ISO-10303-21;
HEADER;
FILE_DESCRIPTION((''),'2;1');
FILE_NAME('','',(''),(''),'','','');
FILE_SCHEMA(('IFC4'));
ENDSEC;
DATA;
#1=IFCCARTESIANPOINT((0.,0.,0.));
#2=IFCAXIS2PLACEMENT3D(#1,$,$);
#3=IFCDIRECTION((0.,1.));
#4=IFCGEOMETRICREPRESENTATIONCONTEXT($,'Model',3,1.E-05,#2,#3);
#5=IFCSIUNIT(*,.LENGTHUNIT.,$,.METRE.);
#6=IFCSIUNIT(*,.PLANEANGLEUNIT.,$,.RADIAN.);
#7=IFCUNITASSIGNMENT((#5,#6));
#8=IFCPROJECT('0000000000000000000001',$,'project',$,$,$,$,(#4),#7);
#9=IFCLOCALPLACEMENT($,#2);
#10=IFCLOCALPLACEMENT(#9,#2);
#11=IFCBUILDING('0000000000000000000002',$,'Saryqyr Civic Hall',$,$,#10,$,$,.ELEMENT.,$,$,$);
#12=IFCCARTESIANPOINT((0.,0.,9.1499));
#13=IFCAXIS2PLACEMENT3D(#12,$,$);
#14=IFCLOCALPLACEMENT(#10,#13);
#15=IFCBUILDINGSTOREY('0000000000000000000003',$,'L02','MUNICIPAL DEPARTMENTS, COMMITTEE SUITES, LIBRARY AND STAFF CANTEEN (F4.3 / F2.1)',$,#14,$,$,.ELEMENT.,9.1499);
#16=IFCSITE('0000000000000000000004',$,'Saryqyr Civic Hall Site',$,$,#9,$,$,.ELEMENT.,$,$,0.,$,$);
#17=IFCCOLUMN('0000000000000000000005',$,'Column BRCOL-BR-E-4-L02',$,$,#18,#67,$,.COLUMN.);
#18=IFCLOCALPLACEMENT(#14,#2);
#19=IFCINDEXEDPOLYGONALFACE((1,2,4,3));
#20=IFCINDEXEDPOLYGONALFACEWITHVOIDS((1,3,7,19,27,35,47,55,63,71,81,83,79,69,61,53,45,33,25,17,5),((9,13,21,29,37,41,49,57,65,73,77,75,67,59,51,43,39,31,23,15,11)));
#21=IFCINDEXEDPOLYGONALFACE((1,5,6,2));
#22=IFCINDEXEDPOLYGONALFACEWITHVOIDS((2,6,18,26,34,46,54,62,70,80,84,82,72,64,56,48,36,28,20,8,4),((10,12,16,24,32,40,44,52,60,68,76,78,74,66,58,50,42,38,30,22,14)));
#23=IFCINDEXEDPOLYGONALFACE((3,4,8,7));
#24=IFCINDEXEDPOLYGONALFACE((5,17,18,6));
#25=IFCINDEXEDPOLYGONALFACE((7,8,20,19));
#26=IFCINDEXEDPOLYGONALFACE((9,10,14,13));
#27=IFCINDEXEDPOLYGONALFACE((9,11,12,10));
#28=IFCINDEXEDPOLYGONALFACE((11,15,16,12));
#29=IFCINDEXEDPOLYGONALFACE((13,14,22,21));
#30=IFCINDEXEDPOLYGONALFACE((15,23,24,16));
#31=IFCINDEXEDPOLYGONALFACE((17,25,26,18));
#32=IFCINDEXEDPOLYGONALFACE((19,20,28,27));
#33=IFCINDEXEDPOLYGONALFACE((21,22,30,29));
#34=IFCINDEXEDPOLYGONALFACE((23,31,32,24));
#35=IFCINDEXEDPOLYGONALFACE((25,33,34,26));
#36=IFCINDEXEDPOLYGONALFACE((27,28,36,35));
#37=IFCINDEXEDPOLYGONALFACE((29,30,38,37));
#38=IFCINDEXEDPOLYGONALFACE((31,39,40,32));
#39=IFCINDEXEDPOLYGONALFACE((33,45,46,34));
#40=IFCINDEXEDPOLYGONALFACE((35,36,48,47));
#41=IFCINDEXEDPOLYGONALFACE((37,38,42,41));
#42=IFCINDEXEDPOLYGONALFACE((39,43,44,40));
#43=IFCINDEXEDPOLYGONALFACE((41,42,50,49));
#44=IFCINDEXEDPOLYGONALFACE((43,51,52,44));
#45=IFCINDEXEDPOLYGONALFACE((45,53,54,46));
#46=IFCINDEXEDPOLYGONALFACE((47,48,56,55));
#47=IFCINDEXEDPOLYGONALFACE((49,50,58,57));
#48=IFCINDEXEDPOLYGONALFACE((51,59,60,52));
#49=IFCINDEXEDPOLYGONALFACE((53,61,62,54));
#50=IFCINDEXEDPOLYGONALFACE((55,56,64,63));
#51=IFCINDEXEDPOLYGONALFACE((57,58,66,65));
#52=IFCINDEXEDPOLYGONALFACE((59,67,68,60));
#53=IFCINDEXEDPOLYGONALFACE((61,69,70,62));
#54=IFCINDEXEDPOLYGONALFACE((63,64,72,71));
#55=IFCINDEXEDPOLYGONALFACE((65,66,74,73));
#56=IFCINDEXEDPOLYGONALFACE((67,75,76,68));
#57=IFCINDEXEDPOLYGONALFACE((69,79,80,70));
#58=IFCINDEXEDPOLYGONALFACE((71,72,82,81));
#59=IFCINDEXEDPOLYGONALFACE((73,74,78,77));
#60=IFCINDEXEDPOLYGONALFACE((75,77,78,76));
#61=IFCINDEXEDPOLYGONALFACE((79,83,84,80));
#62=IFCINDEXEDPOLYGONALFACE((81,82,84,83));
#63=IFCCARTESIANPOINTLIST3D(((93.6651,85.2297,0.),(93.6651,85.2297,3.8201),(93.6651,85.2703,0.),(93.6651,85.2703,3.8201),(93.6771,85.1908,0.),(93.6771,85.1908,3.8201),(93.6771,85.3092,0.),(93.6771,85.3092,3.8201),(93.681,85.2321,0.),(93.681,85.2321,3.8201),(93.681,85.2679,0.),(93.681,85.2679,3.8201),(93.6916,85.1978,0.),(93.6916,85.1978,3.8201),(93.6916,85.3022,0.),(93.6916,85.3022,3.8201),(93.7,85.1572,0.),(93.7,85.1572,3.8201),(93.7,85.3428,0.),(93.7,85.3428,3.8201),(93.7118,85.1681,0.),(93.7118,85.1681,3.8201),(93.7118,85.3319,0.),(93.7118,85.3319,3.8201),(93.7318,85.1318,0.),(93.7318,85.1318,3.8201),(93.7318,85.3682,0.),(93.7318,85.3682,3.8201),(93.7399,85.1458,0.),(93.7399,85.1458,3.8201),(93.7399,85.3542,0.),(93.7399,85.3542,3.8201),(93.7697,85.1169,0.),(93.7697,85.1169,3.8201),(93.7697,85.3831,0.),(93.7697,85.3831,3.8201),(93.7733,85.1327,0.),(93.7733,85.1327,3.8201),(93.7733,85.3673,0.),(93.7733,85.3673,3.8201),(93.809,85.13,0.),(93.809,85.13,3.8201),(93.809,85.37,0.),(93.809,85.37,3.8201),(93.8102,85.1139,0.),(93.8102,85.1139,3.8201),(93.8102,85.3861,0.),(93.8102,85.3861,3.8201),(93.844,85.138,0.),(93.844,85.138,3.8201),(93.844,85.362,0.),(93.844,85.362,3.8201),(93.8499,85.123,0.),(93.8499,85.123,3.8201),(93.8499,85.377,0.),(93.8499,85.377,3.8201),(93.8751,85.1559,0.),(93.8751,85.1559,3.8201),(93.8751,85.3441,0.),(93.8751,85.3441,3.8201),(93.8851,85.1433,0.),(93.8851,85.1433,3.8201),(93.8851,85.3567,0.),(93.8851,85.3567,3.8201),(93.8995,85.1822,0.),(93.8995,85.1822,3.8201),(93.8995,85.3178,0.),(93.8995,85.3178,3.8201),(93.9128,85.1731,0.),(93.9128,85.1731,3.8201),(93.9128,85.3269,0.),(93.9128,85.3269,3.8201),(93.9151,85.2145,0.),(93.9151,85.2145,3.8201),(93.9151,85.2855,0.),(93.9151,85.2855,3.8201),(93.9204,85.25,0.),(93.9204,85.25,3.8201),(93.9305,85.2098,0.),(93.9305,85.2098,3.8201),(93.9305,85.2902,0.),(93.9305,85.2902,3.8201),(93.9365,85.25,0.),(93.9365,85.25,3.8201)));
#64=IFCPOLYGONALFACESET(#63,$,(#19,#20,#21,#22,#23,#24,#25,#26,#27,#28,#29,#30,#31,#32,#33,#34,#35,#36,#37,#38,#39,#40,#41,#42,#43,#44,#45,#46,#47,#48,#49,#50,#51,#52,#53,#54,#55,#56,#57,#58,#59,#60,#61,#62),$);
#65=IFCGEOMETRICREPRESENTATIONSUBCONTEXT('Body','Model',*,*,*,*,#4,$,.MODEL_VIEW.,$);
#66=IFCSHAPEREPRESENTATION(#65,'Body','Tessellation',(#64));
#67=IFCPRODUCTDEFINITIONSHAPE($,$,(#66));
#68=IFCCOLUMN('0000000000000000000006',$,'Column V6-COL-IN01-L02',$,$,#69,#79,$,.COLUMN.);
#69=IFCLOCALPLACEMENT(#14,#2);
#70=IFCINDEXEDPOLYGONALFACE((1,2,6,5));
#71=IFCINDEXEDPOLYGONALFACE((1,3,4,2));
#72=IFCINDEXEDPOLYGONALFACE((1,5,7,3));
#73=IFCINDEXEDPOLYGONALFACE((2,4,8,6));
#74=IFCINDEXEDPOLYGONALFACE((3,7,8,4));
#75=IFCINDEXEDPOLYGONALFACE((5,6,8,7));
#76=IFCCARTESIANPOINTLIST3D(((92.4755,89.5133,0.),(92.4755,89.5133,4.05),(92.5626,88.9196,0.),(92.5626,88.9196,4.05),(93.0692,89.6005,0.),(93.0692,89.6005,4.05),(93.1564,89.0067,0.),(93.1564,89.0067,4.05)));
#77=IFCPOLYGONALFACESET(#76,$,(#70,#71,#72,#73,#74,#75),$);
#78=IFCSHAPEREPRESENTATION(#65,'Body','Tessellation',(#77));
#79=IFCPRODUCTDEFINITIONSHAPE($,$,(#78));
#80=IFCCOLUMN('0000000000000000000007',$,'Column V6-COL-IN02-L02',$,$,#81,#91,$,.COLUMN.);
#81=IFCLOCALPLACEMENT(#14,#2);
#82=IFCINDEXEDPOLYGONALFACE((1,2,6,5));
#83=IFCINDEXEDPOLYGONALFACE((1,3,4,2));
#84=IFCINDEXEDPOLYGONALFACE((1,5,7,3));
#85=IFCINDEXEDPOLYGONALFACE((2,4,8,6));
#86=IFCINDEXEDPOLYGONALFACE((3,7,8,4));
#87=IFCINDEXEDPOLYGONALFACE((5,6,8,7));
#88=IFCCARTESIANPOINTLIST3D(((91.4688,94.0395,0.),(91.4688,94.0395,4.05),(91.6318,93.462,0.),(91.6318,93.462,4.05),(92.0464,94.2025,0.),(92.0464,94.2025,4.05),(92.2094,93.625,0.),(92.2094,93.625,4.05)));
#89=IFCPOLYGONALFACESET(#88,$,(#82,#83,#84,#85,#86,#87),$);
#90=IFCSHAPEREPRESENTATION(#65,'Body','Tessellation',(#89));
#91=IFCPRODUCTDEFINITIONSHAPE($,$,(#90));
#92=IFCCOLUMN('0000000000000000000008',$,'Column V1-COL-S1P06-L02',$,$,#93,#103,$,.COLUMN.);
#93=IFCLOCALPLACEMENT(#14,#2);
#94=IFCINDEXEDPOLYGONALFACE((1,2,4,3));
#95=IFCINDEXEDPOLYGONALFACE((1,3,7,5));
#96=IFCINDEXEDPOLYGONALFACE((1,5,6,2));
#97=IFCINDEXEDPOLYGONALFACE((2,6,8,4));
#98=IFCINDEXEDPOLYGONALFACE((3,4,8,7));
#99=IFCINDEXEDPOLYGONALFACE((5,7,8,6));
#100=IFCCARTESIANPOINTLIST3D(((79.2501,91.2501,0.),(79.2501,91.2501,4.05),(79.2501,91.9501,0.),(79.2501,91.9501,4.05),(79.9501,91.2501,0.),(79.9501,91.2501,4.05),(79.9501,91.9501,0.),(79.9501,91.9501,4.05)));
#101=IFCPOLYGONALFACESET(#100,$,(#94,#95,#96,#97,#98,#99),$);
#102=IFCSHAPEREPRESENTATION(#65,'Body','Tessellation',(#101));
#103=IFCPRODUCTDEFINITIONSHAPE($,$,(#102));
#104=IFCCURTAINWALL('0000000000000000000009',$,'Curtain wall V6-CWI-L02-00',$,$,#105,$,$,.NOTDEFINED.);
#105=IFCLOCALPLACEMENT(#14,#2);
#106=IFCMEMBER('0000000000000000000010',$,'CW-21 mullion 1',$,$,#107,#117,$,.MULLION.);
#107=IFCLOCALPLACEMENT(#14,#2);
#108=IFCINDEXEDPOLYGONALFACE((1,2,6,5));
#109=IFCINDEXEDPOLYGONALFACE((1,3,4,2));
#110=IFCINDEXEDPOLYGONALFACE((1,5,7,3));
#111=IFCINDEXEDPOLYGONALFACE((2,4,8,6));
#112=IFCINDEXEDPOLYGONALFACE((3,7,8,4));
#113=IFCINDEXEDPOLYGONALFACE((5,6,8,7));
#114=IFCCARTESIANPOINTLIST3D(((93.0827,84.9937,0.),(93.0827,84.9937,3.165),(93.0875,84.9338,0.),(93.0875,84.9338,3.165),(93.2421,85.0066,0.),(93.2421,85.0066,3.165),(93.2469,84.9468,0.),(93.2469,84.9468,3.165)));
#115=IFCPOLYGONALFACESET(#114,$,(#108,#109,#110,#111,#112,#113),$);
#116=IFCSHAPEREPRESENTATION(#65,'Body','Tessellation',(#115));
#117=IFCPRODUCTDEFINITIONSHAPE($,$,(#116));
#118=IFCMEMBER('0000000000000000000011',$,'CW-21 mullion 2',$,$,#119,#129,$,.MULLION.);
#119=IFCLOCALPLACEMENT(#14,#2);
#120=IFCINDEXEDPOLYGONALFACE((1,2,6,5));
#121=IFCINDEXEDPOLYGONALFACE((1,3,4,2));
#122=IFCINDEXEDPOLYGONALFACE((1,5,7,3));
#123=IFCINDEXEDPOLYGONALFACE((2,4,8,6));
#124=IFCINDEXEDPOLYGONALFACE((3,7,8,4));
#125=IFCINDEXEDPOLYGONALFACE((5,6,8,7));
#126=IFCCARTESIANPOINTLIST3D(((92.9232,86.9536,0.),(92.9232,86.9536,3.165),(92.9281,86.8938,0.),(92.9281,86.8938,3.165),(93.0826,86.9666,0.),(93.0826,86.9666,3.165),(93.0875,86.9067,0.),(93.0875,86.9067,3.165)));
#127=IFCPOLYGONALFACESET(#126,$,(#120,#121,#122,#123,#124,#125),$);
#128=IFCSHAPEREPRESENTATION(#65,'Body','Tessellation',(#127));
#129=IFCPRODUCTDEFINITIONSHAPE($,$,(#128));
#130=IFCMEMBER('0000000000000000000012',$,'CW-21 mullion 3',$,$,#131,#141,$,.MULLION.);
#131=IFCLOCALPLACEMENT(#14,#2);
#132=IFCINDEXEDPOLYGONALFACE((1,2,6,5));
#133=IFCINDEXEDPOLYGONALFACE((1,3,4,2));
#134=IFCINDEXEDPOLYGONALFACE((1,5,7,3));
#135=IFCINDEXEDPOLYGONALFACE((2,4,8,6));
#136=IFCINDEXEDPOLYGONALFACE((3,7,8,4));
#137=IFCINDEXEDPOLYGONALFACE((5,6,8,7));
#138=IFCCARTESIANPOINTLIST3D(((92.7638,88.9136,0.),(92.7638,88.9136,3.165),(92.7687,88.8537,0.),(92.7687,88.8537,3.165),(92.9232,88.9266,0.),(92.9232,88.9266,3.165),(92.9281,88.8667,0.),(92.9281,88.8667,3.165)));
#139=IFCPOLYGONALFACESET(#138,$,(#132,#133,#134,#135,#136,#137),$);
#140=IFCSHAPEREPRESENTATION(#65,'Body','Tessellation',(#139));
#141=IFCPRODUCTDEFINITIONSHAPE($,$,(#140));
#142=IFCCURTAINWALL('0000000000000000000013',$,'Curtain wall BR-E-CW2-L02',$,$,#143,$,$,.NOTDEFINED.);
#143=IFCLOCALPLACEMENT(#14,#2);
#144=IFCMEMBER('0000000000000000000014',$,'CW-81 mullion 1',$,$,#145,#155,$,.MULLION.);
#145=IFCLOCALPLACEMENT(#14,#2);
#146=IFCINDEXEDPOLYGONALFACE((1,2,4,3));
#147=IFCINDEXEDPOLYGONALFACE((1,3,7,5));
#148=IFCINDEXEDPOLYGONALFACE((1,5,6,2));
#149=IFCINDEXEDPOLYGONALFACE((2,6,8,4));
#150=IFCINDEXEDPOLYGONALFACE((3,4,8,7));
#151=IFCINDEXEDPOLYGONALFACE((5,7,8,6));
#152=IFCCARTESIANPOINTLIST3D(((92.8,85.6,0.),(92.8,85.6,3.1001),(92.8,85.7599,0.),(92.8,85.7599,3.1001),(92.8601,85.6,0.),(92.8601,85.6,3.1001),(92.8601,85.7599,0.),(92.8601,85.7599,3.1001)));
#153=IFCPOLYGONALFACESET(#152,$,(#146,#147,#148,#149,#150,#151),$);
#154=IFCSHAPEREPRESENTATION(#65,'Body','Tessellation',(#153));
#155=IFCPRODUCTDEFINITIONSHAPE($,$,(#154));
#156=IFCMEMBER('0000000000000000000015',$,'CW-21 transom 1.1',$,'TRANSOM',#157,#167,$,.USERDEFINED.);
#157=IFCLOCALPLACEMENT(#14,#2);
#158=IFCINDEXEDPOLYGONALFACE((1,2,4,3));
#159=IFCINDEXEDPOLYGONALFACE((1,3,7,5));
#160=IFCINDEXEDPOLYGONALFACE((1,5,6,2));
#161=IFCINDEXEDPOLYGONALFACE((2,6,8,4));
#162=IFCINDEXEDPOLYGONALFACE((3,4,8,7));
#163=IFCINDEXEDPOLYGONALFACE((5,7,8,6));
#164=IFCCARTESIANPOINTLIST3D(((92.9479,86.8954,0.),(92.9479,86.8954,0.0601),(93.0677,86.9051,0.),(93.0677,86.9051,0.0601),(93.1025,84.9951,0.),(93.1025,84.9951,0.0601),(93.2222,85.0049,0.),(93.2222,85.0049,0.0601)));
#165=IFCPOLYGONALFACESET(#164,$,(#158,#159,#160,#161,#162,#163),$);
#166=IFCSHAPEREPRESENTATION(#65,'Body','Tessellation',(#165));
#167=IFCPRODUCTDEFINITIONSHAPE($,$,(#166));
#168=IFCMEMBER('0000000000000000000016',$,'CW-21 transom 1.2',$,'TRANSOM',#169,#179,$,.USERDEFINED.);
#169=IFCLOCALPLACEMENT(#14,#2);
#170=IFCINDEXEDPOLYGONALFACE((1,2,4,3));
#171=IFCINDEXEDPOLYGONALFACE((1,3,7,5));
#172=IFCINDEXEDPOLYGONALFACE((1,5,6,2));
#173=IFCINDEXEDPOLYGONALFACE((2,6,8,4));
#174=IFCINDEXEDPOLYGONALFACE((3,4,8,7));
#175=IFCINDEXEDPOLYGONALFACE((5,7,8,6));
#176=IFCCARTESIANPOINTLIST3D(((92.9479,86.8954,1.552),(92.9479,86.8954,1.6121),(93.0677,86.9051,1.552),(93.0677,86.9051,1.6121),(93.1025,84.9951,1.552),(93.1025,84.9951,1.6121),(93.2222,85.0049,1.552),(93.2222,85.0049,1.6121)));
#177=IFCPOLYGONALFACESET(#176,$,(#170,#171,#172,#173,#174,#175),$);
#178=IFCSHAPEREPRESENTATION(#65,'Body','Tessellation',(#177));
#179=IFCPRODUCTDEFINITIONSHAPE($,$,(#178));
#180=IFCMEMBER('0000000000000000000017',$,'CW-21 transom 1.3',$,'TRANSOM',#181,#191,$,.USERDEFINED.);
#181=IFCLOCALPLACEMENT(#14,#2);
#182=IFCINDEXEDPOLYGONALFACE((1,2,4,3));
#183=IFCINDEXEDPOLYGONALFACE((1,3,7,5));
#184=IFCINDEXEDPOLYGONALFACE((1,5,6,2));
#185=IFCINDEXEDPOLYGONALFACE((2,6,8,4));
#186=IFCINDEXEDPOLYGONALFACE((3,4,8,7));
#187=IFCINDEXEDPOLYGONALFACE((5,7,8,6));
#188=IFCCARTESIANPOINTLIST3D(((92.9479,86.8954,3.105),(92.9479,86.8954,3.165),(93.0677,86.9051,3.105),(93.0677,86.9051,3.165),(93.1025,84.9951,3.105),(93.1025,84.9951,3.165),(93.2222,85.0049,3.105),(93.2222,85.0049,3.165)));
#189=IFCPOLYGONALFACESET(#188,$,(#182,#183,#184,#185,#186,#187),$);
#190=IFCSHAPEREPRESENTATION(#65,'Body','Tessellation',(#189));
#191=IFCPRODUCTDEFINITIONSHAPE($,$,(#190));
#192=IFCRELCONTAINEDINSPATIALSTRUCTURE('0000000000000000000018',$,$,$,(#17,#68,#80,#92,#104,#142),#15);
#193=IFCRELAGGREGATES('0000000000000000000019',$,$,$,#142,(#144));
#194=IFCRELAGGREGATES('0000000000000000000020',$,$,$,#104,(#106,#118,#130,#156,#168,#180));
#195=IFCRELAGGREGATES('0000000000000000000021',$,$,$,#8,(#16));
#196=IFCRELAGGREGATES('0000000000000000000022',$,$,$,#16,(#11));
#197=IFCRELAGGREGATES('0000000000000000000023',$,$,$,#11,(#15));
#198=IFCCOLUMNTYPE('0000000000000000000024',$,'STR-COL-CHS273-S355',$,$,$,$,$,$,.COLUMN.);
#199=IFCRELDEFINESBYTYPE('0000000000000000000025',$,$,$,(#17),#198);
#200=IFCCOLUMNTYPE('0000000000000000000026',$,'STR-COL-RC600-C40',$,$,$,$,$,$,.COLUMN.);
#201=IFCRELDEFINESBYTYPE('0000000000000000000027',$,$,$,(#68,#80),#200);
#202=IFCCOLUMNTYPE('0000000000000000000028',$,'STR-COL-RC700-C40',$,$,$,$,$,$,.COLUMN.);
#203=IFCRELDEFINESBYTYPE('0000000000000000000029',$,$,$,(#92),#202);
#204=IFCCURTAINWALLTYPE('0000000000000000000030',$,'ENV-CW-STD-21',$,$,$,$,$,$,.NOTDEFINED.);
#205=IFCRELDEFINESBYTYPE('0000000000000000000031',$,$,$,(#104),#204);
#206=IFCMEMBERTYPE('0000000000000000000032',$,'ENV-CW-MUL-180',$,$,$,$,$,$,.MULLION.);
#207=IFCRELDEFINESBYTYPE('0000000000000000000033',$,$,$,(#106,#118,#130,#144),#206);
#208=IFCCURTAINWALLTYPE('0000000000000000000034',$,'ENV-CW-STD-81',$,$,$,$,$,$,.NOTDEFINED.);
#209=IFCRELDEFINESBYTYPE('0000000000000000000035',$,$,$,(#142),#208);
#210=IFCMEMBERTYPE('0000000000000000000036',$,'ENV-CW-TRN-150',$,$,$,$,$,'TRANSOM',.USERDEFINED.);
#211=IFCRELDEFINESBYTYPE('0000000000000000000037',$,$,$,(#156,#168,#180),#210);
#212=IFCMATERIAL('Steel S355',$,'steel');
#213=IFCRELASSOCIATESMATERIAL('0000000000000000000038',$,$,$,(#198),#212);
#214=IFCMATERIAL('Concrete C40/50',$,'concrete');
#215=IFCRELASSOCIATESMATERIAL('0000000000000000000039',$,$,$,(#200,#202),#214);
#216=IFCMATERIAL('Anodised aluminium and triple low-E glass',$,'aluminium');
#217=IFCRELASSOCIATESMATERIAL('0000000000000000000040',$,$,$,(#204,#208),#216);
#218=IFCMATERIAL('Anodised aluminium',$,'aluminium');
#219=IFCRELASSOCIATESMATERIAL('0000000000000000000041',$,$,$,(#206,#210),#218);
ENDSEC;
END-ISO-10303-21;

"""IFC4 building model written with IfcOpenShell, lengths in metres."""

from ifc_helpers import new_model, si_unit, direction, frame, origin, origin_2d, place, context, subcontext, project, spatial, rectangle, hollow_circle, extrude, material, material_profile, profile_set, type_object, element, aggregate, save


model = new_model("IFC4")

# Units and contexts
model_context = context("Model", 3, precision=1e-05, world=origin(), true_north=direction((0.0, 1.0)))
body_context = subcontext(model_context, "Body", "Model", "MODEL_VIEW")
ifc_project = project(units=[si_unit("LENGTHUNIT", "METRE"), si_unit("PLANEANGLEUNIT", "RADIAN")], contexts=[model_context])

# Site, building, storey
site_placement = place(None, origin())
site = spatial("IfcSite", under=ifc_project, at=site_placement, Name="Saryqyr Civic Hall Site", CompositionType="ELEMENT", RefElevation=0.0)
building_placement = place(site_placement, origin())
building = spatial("IfcBuilding", under=site, at=building_placement, Name="Saryqyr Civic Hall", CompositionType="ELEMENT")
storey_placement = place(building_placement, frame((0.0, 0.0, 9.1499)))
storey = spatial("IfcBuildingStorey", under=building, at=storey_placement, Name="L02", Description="MUNICIPAL DEPARTMENTS, COMMITTEE SUITES, LIBRARY AND STAFF CANTEEN (F4.3 / F2.1)", CompositionType="ELEMENT", Elevation=9.1499)

# Columns
ifc_material_1 = material(Name="Steel S355", Category="steel")
ifc_material_profile_1 = material_profile(ifc_material_1, hollow_circle(Radius=0.1365, WallThickness=0.0161, at=origin_2d()), Name="CHS 273x16")
ifc_profile_set_1 = profile_set([ifc_material_profile_1], Name="Steel S355")
column_type_1 = type_object("IfcColumnType", Name="STR-COL-CHS273-S355", PredefinedType="COLUMN", material=ifc_profile_set_1)
column_1_placement = place(storey_placement, frame((93.8, 85.25, 0.0), z_axis=(0.0, 0.0, 1.0), x_axis=(1.0, 0.0, 0.0)))
element("IfcColumn", 1, at=column_1_placement, inside=storey, type_object=column_type_1, Name="Column BRCOL-BR-E-4-L02", PredefinedType="COLUMN", context=body_context, shape_type="SweptSolid", body=[
    extrude(hollow_circle(Radius=0.1365, WallThickness=0.0161, at=origin_2d()), origin(), (0.0, 0.0, 1.0), 3.8201),
])
ifc_material_2 = material(Name="Concrete C40/50", Category="concrete")
ifc_material_profile_2 = material_profile(ifc_material_2, rectangle(XDim=0.6001, YDim=0.6001, at=origin_2d()), Name="RC 600x600")
ifc_profile_set_2 = profile_set([ifc_material_profile_2], Name="Concrete C40/50")
column_type_2 = type_object("IfcColumnType", Name="STR-COL-RC600-C40", PredefinedType="COLUMN", material=ifc_profile_set_2)
for number, where, z_axis, x_axis, name in (
    (2, (92.8159, 89.26, 0.0), (0.0, 0.0, 1.0), (0.989399, 0.14522, 0.0), "Column V6-COL-IN01-L02"),
    (3, (91.8391, 93.8323, 0.0), (0.0, 0.0, 1.0), (0.962408, 0.271608, 0.0), "Column V6-COL-IN02-L02"),
):
    element("IfcColumn", number, at=place(storey_placement, frame(where, z_axis=z_axis, x_axis=x_axis)), inside=storey, type_object=column_type_2, Name=name, PredefinedType="COLUMN", context=body_context, shape_type="SweptSolid", body=[
        extrude(rectangle(XDim=0.6001, YDim=0.6001, at=origin_2d()), origin(), (0.0, 0.0, 1.0), 4.05),
    ])
ifc_material_profile_3 = material_profile(ifc_material_2, rectangle(XDim=0.7, YDim=0.7, at=origin_2d()), Name="RC 700x700")
ifc_profile_set_3 = profile_set([ifc_material_profile_3], Name="Concrete C40/50")
column_type_3 = type_object("IfcColumnType", Name="STR-COL-RC700-C40", PredefinedType="COLUMN", material=ifc_profile_set_3)
column_2_placement = place(storey_placement, frame((79.6001, 91.6001, 0.0), z_axis=(0.0, 0.0, 1.0), x_axis=(1.0, 0.0, 0.0)))
element("IfcColumn", 4, at=column_2_placement, inside=storey, type_object=column_type_3, Name="Column V1-COL-S1P06-L02", PredefinedType="COLUMN", context=body_context, shape_type="SweptSolid", body=[
    extrude(rectangle(XDim=0.7, YDim=0.7, at=origin_2d()), origin(), (0.0, 0.0, 1.0), 4.05),
])

# Curtain wall, members
ifc_material_3 = material(Name="Anodised aluminium and triple low-E glass", Category="aluminium")
curtain_wall_type_1 = type_object("IfcCurtainWallType", Name="ENV-CW-STD-21", PredefinedType="NOTDEFINED", material=ifc_material_3)
curtain_wall_1_placement = place(storey_placement, origin())
curtain_wall_1 = element("IfcCurtainWall", 5, at=curtain_wall_1_placement, inside=storey, type_object=curtain_wall_type_1, Name="Curtain wall V6-CWI-L02-00", PredefinedType="NOTDEFINED")
ifc_material_4 = material(Name="Anodised aluminium", Category="aluminium")
ifc_material_profile_4 = material_profile(ifc_material_4, rectangle(XDim=0.0601, YDim=0.1599, at=origin_2d()), Name="ALU MULLION 60x160")
ifc_profile_set_4 = profile_set([ifc_material_profile_4], Name="Anodised aluminium")
member_type_1 = type_object("IfcMemberType", Name="ENV-CW-MUL-180", PredefinedType="MULLION", material=ifc_profile_set_4)
member_1_placement = place(storey_placement, frame((93.1648, 84.9702, 0.0), z_axis=(0.0, 0.0, 1.0), x_axis=(-0.081091, 0.996707, 0.0)))
member_1 = element("IfcMember", 6, at=member_1_placement, type_object=member_type_1, Name="CW-21 mullion 1", PredefinedType="MULLION", context=body_context, shape_type="SweptSolid", body=[
    extrude(rectangle(XDim=0.0601, YDim=0.1599, at=origin_2d()), origin(), (0.0, 0.0, 1.0), 3.165),
])
member_2_placement = place(storey_placement, frame((93.0054, 86.9302, 0.0), z_axis=(0.0, 0.0, 1.0), x_axis=(-0.081091, 0.996707, 0.0)))
member_2 = element("IfcMember", 7, at=member_2_placement, type_object=member_type_1, Name="CW-21 mullion 2", PredefinedType="MULLION", context=body_context, shape_type="SweptSolid", body=[
    extrude(rectangle(XDim=0.0601, YDim=0.1599, at=origin_2d()), origin(), (0.0, 0.0, 1.0), 3.165),
])
member_3_placement = place(storey_placement, frame((92.8459, 88.8901, 0.0), z_axis=(0.0, 0.0, 1.0), x_axis=(-0.081091, 0.996707, 0.0)))
member_3 = element("IfcMember", 8, at=member_3_placement, type_object=member_type_1, Name="CW-21 mullion 3", PredefinedType="MULLION", context=body_context, shape_type="SweptSolid", body=[
    extrude(rectangle(XDim=0.0601, YDim=0.1599, at=origin_2d()), origin(), (0.0, 0.0, 1.0), 3.165),
])

# Curtain wall, member
curtain_wall_type_2 = type_object("IfcCurtainWallType", Name="ENV-CW-STD-81", PredefinedType="NOTDEFINED", material=ifc_material_3)
curtain_wall_2_placement = place(storey_placement, origin())
curtain_wall_2 = element("IfcCurtainWall", 9, at=curtain_wall_2_placement, inside=storey, type_object=curtain_wall_type_2, Name="Curtain wall BR-E-CW2-L02", PredefinedType="NOTDEFINED")
member_4_placement = place(storey_placement, frame((92.8301, 85.6799, 0.0), z_axis=(0.0, 0.0, 1.0), x_axis=(1.0, 0.0, 0.0)))
member_4 = element("IfcMember", 10, at=member_4_placement, type_object=member_type_1, Name="CW-81 mullion 1", PredefinedType="MULLION", context=body_context, shape_type="SweptSolid", body=[
    extrude(rectangle(XDim=0.0601, YDim=0.1599, at=origin_2d()), origin(), (0.0, 0.0, 1.0), 3.1001),
])

# Members
ifc_material_profile_5 = material_profile(ifc_material_4, rectangle(XDim=0.1201, YDim=0.0601, at=origin_2d()), Name="ALU TRANSOM 120x60")
ifc_profile_set_5 = profile_set([ifc_material_profile_5], Name="Anodised aluminium")
member_type_2 = type_object("IfcMemberType", Name="ENV-CW-TRN-150", ElementType="TRANSOM", PredefinedType="USERDEFINED", material=ifc_profile_set_5)
member_5_placement = place(storey_placement, frame((93.1624, 85.0, 0.03), z_axis=(-0.081063, 0.996709, 0.0), x_axis=(-0.996709, -0.081063, 0.0)))
member_5 = element("IfcMember", 11, at=member_5_placement, type_object=member_type_2, Name="CW-21 transom 1.1", ObjectType="TRANSOM", PredefinedType="USERDEFINED", context=body_context, shape_type="SweptSolid", body=[
    extrude(rectangle(XDim=0.1201, YDim=0.0601, at=origin_2d()), origin(), (0.0, 0.0, 1.0), 1.9065),
])
member_6_placement = place(storey_placement, frame((93.1624, 85.0, 1.582), z_axis=(-0.081063, 0.996709, 0.0), x_axis=(-0.996709, -0.081063, 0.0)))
member_6 = element("IfcMember", 12, at=member_6_placement, type_object=member_type_2, Name="CW-21 transom 1.2", ObjectType="TRANSOM", PredefinedType="USERDEFINED", context=body_context, shape_type="SweptSolid", body=[
    extrude(rectangle(XDim=0.1201, YDim=0.0601, at=origin_2d()), origin(), (0.0, 0.0, 1.0), 1.9065),
])
member_7_placement = place(storey_placement, frame((93.1624, 85.0, 3.135), z_axis=(-0.081063, 0.996709, 0.0), x_axis=(-0.996709, -0.081063, 0.0)))
member_7 = element("IfcMember", 13, at=member_7_placement, type_object=member_type_2, Name="CW-21 transom 1.3", ObjectType="TRANSOM", PredefinedType="USERDEFINED", context=body_context, shape_type="SweptSolid", body=[
    extrude(rectangle(XDim=0.1201, YDim=0.0601, at=origin_2d()), origin(), (0.0, 0.0, 1.0), 1.9065),
])
aggregate(curtain_wall_2, [member_4])

aggregate(curtain_wall_1, [member_1, member_2, member_3, member_5, member_6, member_7])

save(model, "model.ifc")
